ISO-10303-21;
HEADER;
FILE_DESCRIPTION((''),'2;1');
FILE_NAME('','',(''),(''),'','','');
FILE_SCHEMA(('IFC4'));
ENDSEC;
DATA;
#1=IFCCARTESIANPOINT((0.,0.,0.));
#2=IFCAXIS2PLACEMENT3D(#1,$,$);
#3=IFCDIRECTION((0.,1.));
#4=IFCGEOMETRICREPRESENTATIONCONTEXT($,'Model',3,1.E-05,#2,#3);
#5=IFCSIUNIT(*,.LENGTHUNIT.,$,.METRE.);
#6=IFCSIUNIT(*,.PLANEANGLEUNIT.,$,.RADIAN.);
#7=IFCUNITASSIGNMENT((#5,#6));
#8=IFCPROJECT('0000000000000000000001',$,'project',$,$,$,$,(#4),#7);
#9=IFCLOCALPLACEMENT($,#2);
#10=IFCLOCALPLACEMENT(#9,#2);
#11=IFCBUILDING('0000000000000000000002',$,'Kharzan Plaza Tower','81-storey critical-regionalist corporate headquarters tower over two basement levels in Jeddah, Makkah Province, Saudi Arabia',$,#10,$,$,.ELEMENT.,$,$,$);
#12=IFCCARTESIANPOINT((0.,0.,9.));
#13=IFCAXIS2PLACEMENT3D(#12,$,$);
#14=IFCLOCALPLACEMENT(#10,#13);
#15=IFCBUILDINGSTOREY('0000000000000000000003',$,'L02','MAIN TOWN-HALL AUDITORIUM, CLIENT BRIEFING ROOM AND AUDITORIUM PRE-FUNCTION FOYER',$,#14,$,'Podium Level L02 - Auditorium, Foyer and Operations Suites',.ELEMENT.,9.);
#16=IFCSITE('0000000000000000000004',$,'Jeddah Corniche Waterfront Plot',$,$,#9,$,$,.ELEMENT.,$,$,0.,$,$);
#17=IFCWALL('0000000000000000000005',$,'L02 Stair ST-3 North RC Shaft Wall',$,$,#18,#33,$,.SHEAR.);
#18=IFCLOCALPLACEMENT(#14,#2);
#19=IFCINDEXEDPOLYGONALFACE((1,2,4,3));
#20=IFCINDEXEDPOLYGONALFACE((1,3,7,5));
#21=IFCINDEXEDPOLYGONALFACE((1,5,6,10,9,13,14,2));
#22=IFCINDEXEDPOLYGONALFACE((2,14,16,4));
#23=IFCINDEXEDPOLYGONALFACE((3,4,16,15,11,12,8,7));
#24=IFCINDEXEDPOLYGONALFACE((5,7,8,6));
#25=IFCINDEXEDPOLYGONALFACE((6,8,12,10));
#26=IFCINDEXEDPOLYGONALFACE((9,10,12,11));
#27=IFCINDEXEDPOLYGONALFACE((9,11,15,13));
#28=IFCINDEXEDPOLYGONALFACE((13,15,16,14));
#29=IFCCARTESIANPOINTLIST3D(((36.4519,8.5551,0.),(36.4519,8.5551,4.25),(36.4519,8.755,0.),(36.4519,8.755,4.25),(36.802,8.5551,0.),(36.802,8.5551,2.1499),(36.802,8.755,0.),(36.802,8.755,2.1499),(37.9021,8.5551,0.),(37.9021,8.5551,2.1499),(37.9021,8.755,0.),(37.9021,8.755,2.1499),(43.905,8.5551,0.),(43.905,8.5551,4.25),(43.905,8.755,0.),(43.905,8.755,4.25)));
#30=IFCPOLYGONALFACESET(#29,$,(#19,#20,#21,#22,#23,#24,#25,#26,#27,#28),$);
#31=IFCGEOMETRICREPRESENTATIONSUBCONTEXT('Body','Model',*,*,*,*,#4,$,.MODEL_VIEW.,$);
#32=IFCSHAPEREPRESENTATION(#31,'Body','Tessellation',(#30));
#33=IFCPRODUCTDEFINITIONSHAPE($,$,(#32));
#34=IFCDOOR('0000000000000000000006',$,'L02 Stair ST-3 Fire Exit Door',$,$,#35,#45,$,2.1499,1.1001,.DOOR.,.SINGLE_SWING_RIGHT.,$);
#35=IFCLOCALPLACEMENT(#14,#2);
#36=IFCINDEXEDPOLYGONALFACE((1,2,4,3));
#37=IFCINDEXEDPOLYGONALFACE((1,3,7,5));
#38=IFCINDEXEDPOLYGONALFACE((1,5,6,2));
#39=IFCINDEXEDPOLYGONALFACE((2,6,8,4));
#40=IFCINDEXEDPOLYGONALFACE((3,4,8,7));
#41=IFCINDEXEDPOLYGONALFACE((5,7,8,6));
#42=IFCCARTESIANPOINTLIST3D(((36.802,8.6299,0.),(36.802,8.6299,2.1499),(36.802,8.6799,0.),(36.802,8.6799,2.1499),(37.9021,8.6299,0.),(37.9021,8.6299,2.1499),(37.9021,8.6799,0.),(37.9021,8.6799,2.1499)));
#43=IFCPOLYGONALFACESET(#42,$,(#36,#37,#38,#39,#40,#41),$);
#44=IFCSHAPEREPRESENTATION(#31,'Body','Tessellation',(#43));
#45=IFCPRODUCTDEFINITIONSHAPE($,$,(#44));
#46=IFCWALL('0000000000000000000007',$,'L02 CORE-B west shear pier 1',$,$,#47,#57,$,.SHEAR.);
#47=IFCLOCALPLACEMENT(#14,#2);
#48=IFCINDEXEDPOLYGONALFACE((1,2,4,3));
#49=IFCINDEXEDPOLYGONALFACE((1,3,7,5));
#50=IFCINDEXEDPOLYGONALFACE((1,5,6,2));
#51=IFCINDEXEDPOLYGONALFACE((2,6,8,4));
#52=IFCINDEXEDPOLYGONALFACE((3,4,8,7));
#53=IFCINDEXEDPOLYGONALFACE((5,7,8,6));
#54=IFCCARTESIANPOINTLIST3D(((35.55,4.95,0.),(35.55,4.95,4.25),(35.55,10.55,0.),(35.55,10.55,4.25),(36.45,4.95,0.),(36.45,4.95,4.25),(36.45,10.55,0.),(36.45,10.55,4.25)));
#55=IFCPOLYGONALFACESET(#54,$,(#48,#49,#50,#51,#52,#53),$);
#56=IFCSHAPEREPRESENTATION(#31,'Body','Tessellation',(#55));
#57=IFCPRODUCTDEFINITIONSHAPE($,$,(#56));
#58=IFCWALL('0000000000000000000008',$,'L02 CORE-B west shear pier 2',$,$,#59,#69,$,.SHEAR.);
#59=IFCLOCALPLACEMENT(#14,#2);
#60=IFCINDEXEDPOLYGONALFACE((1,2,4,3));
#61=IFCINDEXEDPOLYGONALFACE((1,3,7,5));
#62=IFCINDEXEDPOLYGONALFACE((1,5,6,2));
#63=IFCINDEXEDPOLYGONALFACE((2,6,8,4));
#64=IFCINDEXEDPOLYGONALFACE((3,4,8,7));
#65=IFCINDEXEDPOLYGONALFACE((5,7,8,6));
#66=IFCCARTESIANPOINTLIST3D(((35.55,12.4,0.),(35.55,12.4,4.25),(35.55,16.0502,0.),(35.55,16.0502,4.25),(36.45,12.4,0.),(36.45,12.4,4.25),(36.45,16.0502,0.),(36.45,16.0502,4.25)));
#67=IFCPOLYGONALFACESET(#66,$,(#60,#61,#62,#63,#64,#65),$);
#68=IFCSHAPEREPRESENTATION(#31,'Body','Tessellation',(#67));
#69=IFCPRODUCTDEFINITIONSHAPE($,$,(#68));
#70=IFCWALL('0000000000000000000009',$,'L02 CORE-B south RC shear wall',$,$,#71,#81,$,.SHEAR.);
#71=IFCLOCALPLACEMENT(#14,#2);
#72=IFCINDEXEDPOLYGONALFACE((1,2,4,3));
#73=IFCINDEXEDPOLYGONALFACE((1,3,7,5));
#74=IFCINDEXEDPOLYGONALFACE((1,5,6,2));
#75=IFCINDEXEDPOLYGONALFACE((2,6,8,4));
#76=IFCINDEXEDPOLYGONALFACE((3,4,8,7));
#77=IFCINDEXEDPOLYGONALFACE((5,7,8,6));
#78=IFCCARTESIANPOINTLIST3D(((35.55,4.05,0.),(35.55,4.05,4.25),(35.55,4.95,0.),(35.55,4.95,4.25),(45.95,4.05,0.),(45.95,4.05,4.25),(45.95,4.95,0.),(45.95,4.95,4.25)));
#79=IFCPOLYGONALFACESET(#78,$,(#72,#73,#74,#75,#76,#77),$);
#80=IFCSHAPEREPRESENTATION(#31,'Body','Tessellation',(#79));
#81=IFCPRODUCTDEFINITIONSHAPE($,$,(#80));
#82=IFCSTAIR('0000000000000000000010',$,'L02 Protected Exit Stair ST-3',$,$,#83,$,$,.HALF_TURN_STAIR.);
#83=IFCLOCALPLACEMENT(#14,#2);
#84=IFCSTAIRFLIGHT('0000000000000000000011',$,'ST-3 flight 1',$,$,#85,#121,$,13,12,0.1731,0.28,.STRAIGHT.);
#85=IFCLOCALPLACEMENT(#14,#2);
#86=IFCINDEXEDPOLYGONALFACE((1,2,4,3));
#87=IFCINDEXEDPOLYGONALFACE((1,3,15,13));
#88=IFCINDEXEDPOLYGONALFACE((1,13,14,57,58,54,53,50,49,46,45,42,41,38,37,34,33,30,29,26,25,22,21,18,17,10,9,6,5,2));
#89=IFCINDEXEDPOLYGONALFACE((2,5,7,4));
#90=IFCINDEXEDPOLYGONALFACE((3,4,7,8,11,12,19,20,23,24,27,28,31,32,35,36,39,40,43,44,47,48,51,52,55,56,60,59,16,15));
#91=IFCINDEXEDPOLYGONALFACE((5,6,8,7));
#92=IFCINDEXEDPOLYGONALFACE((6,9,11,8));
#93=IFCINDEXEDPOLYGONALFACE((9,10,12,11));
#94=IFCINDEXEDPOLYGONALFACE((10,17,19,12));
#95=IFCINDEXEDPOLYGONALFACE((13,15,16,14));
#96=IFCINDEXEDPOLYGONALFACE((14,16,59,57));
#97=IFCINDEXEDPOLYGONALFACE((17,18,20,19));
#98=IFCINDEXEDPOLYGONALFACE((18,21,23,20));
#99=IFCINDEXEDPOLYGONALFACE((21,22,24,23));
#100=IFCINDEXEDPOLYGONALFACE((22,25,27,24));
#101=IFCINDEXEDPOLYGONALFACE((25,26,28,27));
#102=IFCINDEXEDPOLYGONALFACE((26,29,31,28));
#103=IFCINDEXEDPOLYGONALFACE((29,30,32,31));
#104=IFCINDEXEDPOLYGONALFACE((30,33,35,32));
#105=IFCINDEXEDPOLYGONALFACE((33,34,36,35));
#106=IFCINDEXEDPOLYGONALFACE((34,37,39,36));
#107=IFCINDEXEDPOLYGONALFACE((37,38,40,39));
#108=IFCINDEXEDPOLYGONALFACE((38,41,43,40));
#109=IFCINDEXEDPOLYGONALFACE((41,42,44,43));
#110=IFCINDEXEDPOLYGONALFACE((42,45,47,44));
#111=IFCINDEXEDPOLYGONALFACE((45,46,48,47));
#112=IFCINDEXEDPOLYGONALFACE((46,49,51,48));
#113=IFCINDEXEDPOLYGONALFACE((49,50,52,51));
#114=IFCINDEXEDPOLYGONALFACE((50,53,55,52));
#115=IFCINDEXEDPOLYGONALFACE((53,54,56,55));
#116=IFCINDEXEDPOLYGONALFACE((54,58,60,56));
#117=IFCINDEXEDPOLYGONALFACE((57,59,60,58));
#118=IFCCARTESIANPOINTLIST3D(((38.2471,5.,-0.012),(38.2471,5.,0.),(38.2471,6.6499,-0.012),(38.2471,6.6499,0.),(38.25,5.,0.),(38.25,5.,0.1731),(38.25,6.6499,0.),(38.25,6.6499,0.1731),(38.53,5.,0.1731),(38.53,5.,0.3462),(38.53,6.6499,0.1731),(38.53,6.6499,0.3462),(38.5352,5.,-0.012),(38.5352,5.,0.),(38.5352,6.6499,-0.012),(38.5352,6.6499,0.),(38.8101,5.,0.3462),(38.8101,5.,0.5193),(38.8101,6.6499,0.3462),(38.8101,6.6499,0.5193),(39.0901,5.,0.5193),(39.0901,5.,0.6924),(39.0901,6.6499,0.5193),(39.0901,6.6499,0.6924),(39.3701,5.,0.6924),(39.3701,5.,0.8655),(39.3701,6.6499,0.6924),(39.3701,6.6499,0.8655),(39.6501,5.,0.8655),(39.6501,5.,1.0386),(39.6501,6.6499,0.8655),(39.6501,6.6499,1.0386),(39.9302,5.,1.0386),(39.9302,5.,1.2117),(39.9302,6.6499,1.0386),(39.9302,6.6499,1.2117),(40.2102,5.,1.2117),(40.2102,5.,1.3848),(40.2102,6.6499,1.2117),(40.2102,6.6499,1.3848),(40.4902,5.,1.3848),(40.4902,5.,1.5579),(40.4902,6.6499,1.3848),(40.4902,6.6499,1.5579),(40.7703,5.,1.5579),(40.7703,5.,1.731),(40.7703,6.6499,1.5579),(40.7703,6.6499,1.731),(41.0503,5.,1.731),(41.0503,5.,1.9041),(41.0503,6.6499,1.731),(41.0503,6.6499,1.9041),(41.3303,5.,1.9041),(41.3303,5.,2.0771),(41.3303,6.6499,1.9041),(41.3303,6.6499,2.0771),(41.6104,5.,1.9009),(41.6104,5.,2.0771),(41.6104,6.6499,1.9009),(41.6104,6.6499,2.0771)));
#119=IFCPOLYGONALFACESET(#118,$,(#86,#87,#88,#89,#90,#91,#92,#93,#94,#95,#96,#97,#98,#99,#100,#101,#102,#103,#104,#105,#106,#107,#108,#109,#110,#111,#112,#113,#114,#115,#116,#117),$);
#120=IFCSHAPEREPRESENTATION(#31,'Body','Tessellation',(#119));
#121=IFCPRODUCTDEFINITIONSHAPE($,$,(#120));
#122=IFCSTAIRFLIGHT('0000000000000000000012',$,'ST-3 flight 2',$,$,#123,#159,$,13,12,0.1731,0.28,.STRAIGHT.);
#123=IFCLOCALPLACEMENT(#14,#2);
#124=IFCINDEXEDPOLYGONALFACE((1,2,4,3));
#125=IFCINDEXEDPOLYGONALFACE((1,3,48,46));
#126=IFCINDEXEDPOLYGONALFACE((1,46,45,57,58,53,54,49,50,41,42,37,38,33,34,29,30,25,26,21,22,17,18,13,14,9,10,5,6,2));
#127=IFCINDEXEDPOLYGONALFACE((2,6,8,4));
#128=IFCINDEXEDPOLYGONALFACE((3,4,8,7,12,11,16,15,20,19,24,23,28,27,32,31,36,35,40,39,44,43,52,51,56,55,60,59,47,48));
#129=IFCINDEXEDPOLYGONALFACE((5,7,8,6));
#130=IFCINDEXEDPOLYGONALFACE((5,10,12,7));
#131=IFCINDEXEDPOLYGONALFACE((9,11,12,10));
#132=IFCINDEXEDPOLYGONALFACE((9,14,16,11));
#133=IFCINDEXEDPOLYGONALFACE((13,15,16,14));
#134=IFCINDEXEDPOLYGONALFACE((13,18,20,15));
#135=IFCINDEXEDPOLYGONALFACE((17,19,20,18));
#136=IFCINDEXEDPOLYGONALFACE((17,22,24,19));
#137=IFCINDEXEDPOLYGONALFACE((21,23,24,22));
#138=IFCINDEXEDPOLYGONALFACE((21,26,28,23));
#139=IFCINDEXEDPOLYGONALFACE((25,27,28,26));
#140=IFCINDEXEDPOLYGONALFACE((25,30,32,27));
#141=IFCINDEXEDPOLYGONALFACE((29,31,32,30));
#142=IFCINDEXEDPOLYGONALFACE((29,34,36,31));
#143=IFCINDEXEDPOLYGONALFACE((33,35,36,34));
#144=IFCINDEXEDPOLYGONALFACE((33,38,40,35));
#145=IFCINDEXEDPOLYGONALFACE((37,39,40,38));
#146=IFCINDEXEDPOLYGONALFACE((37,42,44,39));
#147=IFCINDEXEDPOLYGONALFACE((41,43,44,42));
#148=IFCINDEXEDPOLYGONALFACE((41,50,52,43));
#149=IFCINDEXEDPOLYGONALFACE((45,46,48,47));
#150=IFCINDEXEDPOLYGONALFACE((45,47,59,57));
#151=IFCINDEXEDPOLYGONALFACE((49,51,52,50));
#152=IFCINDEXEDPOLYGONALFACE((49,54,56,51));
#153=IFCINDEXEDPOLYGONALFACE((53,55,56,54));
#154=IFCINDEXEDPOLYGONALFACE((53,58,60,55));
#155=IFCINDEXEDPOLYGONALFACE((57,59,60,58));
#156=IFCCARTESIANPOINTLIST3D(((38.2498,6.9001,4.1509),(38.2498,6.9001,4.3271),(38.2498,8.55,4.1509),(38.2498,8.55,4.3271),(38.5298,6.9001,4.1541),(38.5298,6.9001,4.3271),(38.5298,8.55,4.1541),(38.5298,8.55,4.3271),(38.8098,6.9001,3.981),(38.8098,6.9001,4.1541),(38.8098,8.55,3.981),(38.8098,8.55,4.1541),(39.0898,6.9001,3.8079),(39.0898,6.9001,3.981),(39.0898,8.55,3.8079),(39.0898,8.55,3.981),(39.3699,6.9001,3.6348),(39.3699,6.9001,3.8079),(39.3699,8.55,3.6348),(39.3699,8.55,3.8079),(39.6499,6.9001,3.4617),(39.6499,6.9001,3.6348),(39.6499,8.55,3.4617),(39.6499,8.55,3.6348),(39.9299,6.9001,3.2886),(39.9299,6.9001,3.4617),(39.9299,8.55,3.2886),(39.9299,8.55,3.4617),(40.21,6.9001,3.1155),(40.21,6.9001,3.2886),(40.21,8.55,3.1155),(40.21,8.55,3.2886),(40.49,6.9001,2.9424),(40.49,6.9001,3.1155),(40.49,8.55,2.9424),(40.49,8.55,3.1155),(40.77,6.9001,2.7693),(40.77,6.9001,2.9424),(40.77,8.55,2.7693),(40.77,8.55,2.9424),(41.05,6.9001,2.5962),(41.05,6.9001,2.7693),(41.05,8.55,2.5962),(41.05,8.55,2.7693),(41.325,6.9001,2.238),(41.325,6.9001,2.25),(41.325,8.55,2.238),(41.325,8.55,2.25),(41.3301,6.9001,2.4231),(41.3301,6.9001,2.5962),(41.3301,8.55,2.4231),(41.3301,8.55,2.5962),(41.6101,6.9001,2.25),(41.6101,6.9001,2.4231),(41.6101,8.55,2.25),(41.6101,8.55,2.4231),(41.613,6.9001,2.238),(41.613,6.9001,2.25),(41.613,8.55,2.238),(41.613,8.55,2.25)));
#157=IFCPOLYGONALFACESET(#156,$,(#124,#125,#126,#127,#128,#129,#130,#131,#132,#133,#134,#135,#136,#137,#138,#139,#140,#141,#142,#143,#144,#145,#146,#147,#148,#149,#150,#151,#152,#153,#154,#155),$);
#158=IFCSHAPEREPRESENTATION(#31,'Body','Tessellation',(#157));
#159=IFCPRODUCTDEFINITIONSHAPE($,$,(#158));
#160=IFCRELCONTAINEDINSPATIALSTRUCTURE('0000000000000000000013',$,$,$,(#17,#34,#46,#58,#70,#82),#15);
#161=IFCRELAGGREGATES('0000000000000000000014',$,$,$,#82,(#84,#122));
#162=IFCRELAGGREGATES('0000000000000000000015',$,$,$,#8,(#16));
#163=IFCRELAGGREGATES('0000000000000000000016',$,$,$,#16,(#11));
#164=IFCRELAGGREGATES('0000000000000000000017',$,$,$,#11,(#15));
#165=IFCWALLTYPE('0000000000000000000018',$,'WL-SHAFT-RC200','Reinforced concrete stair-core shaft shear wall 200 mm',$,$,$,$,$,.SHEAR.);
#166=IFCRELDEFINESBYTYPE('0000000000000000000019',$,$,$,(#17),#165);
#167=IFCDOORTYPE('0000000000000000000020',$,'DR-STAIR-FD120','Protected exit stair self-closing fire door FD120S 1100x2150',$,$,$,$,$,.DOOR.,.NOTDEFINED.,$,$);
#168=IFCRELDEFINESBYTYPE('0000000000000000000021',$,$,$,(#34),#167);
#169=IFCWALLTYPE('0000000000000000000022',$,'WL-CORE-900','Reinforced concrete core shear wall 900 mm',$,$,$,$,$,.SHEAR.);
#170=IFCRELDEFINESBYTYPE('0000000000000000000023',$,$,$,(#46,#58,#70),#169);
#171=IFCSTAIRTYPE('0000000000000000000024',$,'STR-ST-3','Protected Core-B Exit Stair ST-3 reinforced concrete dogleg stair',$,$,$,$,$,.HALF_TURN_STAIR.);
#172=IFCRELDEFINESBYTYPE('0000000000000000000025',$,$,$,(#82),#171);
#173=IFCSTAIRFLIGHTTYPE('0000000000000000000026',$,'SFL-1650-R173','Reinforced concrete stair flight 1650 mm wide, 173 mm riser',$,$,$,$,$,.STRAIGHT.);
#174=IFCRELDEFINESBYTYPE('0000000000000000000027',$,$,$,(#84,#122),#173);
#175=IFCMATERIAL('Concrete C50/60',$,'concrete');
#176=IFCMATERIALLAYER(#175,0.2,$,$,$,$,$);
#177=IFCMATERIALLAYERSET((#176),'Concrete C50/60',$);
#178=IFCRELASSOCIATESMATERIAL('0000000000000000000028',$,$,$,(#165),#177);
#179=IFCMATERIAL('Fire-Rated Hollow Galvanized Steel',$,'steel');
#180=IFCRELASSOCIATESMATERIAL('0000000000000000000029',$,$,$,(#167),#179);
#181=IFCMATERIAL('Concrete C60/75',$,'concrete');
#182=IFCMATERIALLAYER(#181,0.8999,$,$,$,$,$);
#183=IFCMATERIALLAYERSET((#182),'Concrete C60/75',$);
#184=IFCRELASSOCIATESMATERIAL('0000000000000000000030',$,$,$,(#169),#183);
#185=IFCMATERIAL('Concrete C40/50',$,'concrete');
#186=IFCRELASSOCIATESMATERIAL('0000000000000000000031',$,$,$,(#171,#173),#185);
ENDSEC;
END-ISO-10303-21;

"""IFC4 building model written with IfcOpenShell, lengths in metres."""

from ifc_helpers import new_model, si_unit, direction, frame, frame_2d, origin, place, context, subcontext, project, spatial, polyline, rectangle, outline, extrude, source, transform, mapped, material, layer, layer_set, type_object, element, fill, aggregate, save


model = new_model("IFC4")

# Units and contexts
model_context = context("Model", 3, precision=1e-05, world=origin(), true_north=direction((0.0, 1.0)))
body_context = subcontext(model_context, "Body", "Model", "MODEL_VIEW")
ifc_project = project(units=[si_unit("LENGTHUNIT", "METRE"), si_unit("PLANEANGLEUNIT", "RADIAN")], contexts=[model_context])

# Site, building, storey
site_placement = place(None, origin())
site = spatial("IfcSite", under=ifc_project, at=site_placement, Name="Jeddah Corniche Waterfront Plot", CompositionType="ELEMENT", RefElevation=0.0)
building_placement = place(site_placement, origin())
building = spatial("IfcBuilding", under=site, at=building_placement, Name="Kharzan Plaza Tower", Description="81-storey critical-regionalist corporate headquarters tower over two basement levels in Jeddah, Makkah Province, Saudi Arabia", CompositionType="ELEMENT")
storey_placement = place(building_placement, frame((0.0, 0.0, 9.0)))
storey = spatial("IfcBuildingStorey", under=building, at=storey_placement, Name="L02", Description="MAIN TOWN-HALL AUDITORIUM, CLIENT BRIEFING ROOM AND AUDITORIUM PRE-FUNCTION FOYER", LongName="Podium Level L02 - Auditorium, Foyer and Operations Suites", CompositionType="ELEMENT", Elevation=9.0)

# Shared definitions
ifc_material_1 = material(Name="Concrete C60/75", Category="concrete")

# Shared definitions
ifc_material_2 = material(Name="Concrete C40/50", Category="concrete")

# Wall, opening, door
ifc_material_3 = material(Name="Concrete C50/60", Category="concrete")
ifc_layer_1 = layer(ifc_material_3, 0.2)
ifc_layer_set_1 = layer_set([ifc_layer_1], Name="Concrete C50/60")
wall_type_1 = type_object("IfcWallType", Name="WL-SHAFT-RC200", Description="Reinforced concrete stair-core shaft shear wall 200 mm", PredefinedType="SHEAR", material=ifc_layer_set_1)
wall_1_placement = place(storey_placement, frame((36.4519, 8.655, 0.0), z_axis=(0.0, 0.0, 1.0), x_axis=(1.0, 0.0, 0.0)))
wall_1 = element("IfcWall", 1, at=wall_1_placement, inside=storey, type_object=wall_type_1, Name="L02 Stair ST-3 North RC Shaft Wall", PredefinedType="SHEAR", context=body_context, shape_type="SweptSolid", body=[
    extrude(rectangle(XDim=7.4531, YDim=0.2, at=frame_2d((3.7266, 0.0))), origin(), (0.0, 0.0, 1.0), 4.25),
])
opening_1_placement = place(wall_1_placement, frame((0.3501, 0.0, 0.0)))
opening_1 = element("IfcOpeningElement", 2, at=opening_1_placement, cuts=wall_1, PredefinedType="OPENING", context=body_context, shape_type="SweptSolid", body=[
    extrude(rectangle(XDim=1.1001, YDim=2.1499, at=frame_2d((0.55, 1.075))), frame((0.0, 0.1099, 0.0), z_axis=(0.0, -1.0, 0.0), x_axis=(1.0, 0.0, 0.0)), (0.0, 0.0, 1.0), 0.22),
])
ifc_material_4 = material(Name="Fire-Rated Hollow Galvanized Steel", Category="steel")
door_type = type_object("IfcDoorType", Name="DR-STAIR-FD120", Description="Protected exit stair self-closing fire door FD120S 1100x2150", OperationType="NOTDEFINED", PredefinedType="DOOR", material=ifc_material_4)
shared_shape_1 = source(origin(), body_context, "Body", "SweptSolid", [
    extrude(rectangle(XDim=1.1001, YDim=2.1499, at=frame_2d((0.55, 1.075))), frame((0.0, 0.0249, 0.0), z_axis=(0.0, -1.0, 0.0), x_axis=(1.0, 0.0, 0.0)), (0.0, 0.0, 1.0), 0.05),
])
door_placement = place(opening_1_placement, origin())
door = element("IfcDoor", 3, at=door_placement, inside=storey, type_object=door_type, Name="L02 Stair ST-3 Fire Exit Door", OperationType="SINGLE_SWING_RIGHT", OverallHeight=2.1499, OverallWidth=1.1001, PredefinedType="DOOR", context=body_context, shape_type="MappedRepresentation", body=[
    mapped(shared_shape_1, transform((0.0, 0.0, 0.0), x_axis=(1.0, 0.0, 0.0), y_axis=(0.0, 1.0, 0.0), z_axis=(0.0, 0.0, 1.0))),
])
fill(opening_1, door)

# Walls
ifc_layer_2 = layer(ifc_material_1, 0.8999)
ifc_layer_set_2 = layer_set([ifc_layer_2], Name="Concrete C60/75")
wall_type_2 = type_object("IfcWallType", Name="WL-CORE-900", Description="Reinforced concrete core shear wall 900 mm", PredefinedType="SHEAR", material=ifc_layer_set_2)
shared_shape_2 = source(origin(), body_context, "Body", "SweptSolid", [
    extrude(rectangle(XDim=5.6001, YDim=0.8999, at=frame_2d((2.8, 0.0))), origin(), (0.0, 0.0, 1.0), 4.25),
])
wall_2_placement = place(storey_placement, frame((36.0, 4.95, 0.0), z_axis=(0.0, 0.0, 1.0), x_axis=(0.0, 1.0, 0.0)))
element("IfcWall", 4, at=wall_2_placement, inside=storey, type_object=wall_type_2, Name="L02 CORE-B west shear pier 1", PredefinedType="SHEAR", context=body_context, shape_type="MappedRepresentation", body=[
    mapped(shared_shape_2, transform((0.0, 0.0, 0.0), x_axis=(1.0, 0.0, 0.0), y_axis=(0.0, 1.0, 0.0), z_axis=(0.0, 0.0, 1.0))),
])
shared_shape_3 = source(origin(), body_context, "Body", "SweptSolid", [
    extrude(rectangle(XDim=3.6501, YDim=0.8999, at=frame_2d((1.8252, 0.0))), origin(), (0.0, 0.0, 1.0), 4.25),
])
wall_3_placement = place(storey_placement, frame((36.0, 12.3999, 0.0), z_axis=(0.0, 0.0, 1.0), x_axis=(0.0, 1.0, 0.0)))
element("IfcWall", 5, at=wall_3_placement, inside=storey, type_object=wall_type_2, Name="L02 CORE-B west shear pier 2", PredefinedType="SHEAR", context=body_context, shape_type="MappedRepresentation", body=[
    mapped(shared_shape_3, transform((0.0, 0.0, 0.0), x_axis=(1.0, 0.0, 0.0), y_axis=(0.0, 1.0, 0.0), z_axis=(0.0, 0.0, 1.0))),
])
shared_shape_4 = source(origin(), body_context, "Body", "SweptSolid", [
    extrude(rectangle(XDim=10.3999, YDim=0.8999, at=frame_2d((5.2, 0.0))), origin(), (0.0, 0.0, 1.0), 4.25),
])
wall_4_placement = place(storey_placement, frame((35.55, 4.5, 0.0), z_axis=(0.0, 0.0, 1.0), x_axis=(1.0, 0.0, 0.0)))
element("IfcWall", 6, at=wall_4_placement, inside=storey, type_object=wall_type_2, Name="L02 CORE-B south RC shear wall", PredefinedType="SHEAR", context=body_context, shape_type="MappedRepresentation", body=[
    mapped(shared_shape_4, transform((0.0, 0.0, 0.0), x_axis=(1.0, 0.0, 0.0), y_axis=(0.0, 1.0, 0.0), z_axis=(0.0, 0.0, 1.0))),
])

# Stair, stair flights
stair_type = type_object("IfcStairType", Name="STR-ST-3", Description="Protected Core-B Exit Stair ST-3 reinforced concrete dogleg stair", PredefinedType="HALF_TURN_STAIR", material=ifc_material_2)
stair_placement = place(storey_placement, origin())
stair = element("IfcStair", 7, at=stair_placement, inside=storey, type_object=stair_type, Name="L02 Protected Exit Stair ST-3", PredefinedType="HALF_TURN_STAIR")
stair_flight_type = type_object("IfcStairFlightType", Name="SFL-1650-R173", Description="Reinforced concrete stair flight 1650 mm wide, 173 mm riser", PredefinedType="STRAIGHT", material=ifc_material_2)
shared_shape_5 = source(origin(), body_context, "Body", "SweptSolid", [
    extrude(outline(polyline([(-0.0029, -0.012), (-0.0029, 0.0), (0.0, 0.0), (0.0, 0.1731), (0.28, 0.1731), (0.28, 0.3462), (0.5601, 0.3462), (0.5601, 0.5193), (0.8401, 0.5193), (0.8401, 0.6924), (1.1201, 0.6924), (1.1201, 0.8655), (1.4001, 0.8655), (1.4001, 1.0386), (1.6802, 1.0386), (1.6802, 1.2117), (1.9602, 1.2117), (1.9602, 1.3848), (2.2402, 1.3848), (2.2402, 1.5579), (2.5203, 1.5579), (2.5203, 1.731), (2.8003, 1.731), (2.8003, 1.9041), (3.0803, 1.9041), (3.0803, 2.0771), (3.3604, 2.0771), (3.3604, 2.2502), (3.3604, 1.9009), (0.2852, 0.0), (0.2852, -0.012), (-0.0029, -0.012)])), frame((0.0, 0.825, 0.0), z_axis=(0.0, -1.0, 0.0), x_axis=(1.0, 0.0, 0.0)), (0.0, 0.0, 1.0), 1.6499),
])
stair_flight_1_placement = place(storey_placement, frame((38.25, 5.825, 0.0), z_axis=(0.0, 0.0, 1.0), x_axis=(1.0, 0.0, 0.0)))
stair_flight_1 = element("IfcStairFlight", 8, at=stair_flight_1_placement, type_object=stair_flight_type, Name="ST-3 flight 1", NumberOfRisers=13, NumberOfTreads=12, PredefinedType="STRAIGHT", RiserHeight=0.1731, TreadLength=0.28, context=body_context, shape_type="MappedRepresentation", body=[
    mapped(shared_shape_5, transform((0.0, 0.0, 0.0), x_axis=(1.0, 0.0, 0.0), y_axis=(0.0, 1.0, 0.0), z_axis=(0.0, 0.0, 1.0))),
])
stair_flight_2_placement = place(storey_placement, frame((41.6101, 7.7251, 2.25), z_axis=(0.0, 0.0, 1.0), x_axis=(-1.0, 0.0, 0.0)))
stair_flight_2 = element("IfcStairFlight", 9, at=stair_flight_2_placement, type_object=stair_flight_type, Name="ST-3 flight 2", NumberOfRisers=13, NumberOfTreads=12, PredefinedType="STRAIGHT", RiserHeight=0.1731, TreadLength=0.28, context=body_context, shape_type="MappedRepresentation", body=[
    mapped(shared_shape_5, transform((0.0, 0.0, 0.0), x_axis=(1.0, 0.0, 0.0), y_axis=(0.0, 1.0, 0.0), z_axis=(0.0, 0.0, 1.0))),
])
aggregate(stair, [stair_flight_1, stair_flight_2])

save(model, "model.ifc")
